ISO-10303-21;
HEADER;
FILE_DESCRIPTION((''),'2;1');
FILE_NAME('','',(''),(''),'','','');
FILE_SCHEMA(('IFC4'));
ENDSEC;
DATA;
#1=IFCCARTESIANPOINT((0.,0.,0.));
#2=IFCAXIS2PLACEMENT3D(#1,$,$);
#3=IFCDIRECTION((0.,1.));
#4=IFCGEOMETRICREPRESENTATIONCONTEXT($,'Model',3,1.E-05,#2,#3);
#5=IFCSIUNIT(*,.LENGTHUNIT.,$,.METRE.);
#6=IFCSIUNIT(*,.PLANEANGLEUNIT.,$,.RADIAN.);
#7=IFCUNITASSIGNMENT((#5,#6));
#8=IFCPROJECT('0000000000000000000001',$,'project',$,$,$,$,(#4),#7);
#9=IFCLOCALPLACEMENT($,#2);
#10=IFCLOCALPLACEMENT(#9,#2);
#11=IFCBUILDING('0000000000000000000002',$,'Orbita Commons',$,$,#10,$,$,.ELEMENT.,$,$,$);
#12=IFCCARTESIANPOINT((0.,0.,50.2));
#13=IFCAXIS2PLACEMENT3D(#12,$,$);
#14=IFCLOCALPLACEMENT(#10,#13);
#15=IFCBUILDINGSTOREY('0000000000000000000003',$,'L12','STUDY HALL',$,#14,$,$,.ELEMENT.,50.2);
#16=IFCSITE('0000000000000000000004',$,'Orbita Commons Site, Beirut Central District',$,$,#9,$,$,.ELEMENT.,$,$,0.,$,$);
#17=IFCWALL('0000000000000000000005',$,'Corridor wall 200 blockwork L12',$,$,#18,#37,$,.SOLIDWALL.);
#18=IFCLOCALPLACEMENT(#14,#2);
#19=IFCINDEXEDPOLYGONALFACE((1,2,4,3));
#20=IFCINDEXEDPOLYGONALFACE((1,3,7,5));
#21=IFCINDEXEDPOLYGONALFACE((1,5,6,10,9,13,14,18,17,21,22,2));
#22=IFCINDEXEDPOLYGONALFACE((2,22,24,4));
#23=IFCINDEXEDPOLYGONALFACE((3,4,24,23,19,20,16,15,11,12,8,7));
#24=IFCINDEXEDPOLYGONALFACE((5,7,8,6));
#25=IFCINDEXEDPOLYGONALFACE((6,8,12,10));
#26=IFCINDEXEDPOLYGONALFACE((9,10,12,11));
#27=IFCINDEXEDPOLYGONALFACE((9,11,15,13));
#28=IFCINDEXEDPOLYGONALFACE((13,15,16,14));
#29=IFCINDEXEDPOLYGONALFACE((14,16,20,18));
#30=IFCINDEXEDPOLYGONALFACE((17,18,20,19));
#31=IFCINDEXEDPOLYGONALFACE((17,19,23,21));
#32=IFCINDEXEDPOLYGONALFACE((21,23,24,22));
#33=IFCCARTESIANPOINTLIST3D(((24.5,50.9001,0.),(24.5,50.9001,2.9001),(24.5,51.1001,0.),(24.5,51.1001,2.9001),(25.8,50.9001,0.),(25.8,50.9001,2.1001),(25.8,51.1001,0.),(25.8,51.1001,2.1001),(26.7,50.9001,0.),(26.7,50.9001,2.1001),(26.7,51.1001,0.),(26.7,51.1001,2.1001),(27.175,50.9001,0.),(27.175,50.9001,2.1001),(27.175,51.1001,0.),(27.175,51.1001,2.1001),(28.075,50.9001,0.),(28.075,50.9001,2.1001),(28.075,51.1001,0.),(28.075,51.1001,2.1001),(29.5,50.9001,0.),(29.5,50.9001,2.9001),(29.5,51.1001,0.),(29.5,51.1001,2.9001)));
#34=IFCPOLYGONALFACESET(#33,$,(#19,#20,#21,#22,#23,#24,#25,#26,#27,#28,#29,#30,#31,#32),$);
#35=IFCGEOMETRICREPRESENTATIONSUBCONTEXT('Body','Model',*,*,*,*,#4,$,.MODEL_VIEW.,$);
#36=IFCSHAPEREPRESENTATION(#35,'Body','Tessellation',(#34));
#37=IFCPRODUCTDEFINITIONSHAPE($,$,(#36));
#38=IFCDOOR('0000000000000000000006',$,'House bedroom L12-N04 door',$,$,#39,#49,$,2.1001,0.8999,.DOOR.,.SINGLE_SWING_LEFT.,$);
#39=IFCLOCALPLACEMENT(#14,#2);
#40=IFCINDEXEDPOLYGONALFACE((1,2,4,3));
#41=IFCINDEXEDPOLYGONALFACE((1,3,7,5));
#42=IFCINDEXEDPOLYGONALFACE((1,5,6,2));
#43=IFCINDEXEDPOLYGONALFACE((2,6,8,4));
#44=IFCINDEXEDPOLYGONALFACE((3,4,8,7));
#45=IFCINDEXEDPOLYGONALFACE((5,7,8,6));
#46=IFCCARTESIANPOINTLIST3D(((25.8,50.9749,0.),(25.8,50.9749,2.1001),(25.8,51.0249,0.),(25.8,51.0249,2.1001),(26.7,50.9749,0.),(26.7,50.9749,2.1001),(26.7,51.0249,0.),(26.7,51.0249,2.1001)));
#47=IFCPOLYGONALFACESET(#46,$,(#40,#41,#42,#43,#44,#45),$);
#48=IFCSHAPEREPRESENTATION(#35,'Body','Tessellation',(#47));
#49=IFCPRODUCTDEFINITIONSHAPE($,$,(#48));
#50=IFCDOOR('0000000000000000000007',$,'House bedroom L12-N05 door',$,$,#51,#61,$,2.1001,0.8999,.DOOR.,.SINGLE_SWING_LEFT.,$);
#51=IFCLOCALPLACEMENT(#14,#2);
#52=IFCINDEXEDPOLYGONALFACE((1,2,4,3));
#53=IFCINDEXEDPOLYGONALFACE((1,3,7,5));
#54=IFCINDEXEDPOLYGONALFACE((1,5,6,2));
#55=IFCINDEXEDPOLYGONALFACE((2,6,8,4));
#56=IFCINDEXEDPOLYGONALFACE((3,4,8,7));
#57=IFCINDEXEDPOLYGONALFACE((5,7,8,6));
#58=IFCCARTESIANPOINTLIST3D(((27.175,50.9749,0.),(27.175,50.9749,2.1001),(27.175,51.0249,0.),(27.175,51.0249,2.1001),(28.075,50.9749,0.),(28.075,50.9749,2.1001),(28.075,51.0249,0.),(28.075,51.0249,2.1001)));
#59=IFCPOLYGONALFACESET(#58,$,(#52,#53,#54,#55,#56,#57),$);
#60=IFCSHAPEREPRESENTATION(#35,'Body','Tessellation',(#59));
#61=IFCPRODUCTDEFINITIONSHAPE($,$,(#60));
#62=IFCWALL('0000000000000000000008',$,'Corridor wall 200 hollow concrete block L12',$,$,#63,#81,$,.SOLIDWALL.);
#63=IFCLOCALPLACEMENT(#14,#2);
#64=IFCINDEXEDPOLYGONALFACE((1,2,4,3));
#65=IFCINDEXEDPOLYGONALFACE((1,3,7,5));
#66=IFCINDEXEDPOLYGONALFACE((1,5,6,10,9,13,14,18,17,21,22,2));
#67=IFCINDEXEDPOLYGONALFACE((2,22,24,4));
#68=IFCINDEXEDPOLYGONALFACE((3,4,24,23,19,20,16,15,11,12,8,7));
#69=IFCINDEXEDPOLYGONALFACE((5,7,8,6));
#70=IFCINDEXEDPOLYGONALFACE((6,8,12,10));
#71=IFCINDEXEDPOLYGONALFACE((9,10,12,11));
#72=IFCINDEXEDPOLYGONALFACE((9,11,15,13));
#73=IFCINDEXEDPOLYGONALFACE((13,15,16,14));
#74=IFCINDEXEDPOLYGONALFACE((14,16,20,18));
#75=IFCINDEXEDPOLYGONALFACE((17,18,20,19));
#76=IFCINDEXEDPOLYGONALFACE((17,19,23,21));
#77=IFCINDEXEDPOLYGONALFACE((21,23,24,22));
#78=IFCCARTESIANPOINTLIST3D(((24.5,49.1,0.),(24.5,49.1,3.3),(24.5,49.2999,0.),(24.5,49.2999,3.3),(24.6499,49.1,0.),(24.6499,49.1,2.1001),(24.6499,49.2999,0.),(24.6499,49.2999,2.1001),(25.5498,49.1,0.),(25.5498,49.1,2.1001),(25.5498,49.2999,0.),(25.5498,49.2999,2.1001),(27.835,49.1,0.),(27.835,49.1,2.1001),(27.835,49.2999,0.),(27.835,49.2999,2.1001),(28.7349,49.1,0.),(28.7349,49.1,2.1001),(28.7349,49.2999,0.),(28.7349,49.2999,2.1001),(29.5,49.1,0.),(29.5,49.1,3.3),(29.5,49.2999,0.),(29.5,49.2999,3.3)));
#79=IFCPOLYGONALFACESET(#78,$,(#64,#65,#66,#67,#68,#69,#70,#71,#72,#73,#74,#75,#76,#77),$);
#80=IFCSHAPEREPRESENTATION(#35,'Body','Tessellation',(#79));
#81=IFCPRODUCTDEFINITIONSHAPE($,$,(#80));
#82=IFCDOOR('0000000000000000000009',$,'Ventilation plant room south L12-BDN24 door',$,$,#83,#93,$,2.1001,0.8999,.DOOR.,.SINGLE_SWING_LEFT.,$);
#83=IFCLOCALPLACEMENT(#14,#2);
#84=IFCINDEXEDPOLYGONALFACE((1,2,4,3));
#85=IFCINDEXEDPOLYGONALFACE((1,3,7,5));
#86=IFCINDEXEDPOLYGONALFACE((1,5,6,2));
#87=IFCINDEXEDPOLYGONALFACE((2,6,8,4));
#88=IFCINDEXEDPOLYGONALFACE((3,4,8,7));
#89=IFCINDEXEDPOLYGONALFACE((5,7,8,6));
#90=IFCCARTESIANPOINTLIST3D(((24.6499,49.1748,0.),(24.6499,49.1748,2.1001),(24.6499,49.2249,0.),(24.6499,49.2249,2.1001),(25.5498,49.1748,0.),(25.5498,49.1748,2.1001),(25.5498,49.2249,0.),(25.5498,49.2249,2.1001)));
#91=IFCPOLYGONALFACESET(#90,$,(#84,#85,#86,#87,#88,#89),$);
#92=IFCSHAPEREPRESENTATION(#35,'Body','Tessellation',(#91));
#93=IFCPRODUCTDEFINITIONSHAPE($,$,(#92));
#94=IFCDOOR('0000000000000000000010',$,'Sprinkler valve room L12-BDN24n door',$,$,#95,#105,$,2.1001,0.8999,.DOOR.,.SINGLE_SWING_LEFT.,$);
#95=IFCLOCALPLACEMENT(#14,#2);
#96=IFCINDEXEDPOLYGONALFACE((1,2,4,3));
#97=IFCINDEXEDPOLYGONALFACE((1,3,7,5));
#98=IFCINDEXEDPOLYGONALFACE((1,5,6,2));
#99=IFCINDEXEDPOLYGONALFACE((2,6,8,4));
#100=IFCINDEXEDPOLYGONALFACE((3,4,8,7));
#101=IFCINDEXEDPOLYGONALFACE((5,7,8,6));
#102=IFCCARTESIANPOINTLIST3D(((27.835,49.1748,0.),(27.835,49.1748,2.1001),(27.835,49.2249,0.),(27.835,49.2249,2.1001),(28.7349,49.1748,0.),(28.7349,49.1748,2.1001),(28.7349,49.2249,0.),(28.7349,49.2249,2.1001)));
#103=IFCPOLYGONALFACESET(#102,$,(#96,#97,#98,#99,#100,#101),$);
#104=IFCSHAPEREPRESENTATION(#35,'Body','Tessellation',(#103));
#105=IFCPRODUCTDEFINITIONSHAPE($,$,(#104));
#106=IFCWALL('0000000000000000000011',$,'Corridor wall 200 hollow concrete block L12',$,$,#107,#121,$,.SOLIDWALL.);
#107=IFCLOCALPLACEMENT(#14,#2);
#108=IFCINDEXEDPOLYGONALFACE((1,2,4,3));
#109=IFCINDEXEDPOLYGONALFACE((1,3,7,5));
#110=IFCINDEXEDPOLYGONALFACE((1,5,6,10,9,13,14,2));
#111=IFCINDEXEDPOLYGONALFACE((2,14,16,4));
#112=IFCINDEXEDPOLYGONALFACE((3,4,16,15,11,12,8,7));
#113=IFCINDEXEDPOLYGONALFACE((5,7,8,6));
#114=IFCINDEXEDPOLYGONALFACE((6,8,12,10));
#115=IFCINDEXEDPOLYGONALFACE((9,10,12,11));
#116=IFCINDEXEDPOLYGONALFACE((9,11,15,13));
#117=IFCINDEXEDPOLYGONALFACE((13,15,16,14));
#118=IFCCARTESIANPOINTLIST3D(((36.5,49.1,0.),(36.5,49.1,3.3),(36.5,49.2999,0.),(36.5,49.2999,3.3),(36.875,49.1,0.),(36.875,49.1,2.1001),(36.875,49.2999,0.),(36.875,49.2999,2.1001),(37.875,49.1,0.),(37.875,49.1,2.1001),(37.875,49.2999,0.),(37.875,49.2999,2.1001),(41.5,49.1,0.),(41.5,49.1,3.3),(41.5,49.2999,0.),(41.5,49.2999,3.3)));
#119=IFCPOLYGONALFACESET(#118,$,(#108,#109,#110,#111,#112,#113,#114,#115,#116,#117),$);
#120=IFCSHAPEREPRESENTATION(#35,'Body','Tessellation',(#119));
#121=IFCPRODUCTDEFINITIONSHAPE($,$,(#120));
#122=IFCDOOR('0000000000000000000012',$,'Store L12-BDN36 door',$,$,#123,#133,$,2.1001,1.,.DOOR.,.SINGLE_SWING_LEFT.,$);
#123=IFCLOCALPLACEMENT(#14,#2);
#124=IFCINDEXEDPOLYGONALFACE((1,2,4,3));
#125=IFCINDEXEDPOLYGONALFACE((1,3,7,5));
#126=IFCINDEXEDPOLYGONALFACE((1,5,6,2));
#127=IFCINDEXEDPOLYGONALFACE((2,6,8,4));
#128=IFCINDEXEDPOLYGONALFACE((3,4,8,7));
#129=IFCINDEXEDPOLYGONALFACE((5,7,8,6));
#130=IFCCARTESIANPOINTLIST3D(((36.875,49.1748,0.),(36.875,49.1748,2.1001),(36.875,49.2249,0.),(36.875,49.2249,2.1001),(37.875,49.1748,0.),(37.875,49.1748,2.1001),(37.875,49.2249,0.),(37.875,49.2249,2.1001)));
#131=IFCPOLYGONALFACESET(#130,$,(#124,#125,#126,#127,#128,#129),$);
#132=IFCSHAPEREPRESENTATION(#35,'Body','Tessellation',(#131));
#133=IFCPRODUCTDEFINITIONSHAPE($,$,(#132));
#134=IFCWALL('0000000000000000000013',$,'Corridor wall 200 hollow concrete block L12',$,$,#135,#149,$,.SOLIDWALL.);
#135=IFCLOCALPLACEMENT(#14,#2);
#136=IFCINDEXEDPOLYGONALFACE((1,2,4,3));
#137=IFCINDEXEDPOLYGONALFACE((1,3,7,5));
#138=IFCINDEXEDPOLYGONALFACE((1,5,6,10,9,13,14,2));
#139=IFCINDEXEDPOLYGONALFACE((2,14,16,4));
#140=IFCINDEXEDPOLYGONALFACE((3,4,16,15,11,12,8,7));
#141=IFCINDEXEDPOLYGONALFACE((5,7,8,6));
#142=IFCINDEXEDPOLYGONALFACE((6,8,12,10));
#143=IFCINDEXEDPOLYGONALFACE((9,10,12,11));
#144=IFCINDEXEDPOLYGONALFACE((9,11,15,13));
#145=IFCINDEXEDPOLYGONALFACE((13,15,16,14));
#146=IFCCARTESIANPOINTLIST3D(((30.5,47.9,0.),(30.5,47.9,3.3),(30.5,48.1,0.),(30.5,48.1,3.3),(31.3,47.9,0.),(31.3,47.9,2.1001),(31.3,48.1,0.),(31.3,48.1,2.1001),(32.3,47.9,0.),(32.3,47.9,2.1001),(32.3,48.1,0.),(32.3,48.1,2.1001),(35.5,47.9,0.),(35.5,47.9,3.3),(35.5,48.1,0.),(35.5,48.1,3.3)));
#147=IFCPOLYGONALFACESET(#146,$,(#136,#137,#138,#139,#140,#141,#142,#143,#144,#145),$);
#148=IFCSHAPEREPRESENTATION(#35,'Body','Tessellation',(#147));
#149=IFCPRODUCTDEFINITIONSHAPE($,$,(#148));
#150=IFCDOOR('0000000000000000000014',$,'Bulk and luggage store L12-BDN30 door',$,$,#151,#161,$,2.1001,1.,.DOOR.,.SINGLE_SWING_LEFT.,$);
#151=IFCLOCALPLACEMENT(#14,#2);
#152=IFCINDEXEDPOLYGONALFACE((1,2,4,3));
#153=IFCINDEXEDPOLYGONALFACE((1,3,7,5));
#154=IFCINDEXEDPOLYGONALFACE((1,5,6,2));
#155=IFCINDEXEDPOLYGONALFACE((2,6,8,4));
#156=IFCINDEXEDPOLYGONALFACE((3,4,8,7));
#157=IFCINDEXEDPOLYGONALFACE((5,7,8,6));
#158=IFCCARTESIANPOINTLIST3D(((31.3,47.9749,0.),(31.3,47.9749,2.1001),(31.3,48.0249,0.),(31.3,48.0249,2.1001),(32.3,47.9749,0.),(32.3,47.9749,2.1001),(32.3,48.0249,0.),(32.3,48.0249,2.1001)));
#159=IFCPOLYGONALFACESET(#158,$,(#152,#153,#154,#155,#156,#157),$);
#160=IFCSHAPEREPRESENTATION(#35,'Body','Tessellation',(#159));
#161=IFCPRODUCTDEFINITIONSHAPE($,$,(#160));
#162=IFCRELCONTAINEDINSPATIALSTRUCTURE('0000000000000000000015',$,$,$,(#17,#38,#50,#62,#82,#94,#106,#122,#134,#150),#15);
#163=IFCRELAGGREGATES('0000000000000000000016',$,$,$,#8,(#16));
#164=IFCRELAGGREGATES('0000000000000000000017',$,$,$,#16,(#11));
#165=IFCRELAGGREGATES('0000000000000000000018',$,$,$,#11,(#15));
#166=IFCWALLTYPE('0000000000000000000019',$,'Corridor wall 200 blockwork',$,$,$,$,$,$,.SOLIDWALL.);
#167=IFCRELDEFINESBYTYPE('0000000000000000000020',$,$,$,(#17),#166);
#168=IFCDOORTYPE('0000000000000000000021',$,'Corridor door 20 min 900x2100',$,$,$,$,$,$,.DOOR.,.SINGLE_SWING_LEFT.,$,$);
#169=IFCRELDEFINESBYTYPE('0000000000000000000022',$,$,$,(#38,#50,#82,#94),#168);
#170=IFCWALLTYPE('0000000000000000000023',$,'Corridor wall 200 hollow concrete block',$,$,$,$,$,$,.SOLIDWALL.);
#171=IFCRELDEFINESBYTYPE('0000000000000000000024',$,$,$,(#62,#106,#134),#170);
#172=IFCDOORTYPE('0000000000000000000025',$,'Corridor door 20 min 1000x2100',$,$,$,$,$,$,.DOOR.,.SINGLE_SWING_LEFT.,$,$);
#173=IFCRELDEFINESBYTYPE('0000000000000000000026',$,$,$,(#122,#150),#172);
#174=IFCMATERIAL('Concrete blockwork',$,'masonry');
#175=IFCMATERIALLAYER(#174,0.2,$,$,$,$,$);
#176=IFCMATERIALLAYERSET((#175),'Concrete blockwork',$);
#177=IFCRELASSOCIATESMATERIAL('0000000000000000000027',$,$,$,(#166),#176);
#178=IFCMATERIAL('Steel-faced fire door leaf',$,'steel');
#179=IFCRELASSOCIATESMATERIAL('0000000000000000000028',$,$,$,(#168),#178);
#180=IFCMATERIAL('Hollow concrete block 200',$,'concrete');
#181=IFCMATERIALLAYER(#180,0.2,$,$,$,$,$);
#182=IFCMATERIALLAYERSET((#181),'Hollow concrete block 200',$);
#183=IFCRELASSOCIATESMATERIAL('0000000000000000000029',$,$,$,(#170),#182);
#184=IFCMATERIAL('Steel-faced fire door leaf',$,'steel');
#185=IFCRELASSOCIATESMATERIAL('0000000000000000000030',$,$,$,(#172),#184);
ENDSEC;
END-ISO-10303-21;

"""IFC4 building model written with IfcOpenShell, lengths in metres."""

from ifc_helpers import new_model, si_unit, direction, frame, frame_2d, origin, place, context, subcontext, project, spatial, polyline, rectangle, outline, extrude, material, layer, layer_set, type_object, element, fill, save


model = new_model("IFC4")

# Units and contexts
model_context = context("Model", 3, precision=1e-05, world=origin(), true_north=direction((0.0, 1.0)))
body_context = subcontext(model_context, "Body", "Model", "MODEL_VIEW")
ifc_project = project(units=[si_unit("LENGTHUNIT", "METRE"), si_unit("PLANEANGLEUNIT", "RADIAN")], contexts=[model_context])

# Site, building, storey
site_placement = place(None, origin())
site = spatial("IfcSite", under=ifc_project, at=site_placement, Name="Orbita Commons Site, Beirut Central District", CompositionType="ELEMENT", RefElevation=0.0)
building_placement = place(site_placement, origin())
building = spatial("IfcBuilding", under=site, at=building_placement, Name="Orbita Commons", CompositionType="ELEMENT")
storey_placement = place(building_placement, frame((0.0, 0.0, 50.2)))
storey = spatial("IfcBuildingStorey", under=building, at=storey_placement, Name="L12", Description="STUDY HALL", CompositionType="ELEMENT", Elevation=50.2)

# Walls, openings, doors
ifc_material_1 = material(Name="Concrete blockwork", Category="masonry")
ifc_layer_1 = layer(ifc_material_1, 0.2)
ifc_layer_set_1 = layer_set([ifc_layer_1], Name="Concrete blockwork")
wall_type_1 = type_object("IfcWallType", Name="Corridor wall 200 blockwork", PredefinedType="SOLIDWALL", material=ifc_layer_set_1)
wall_1_placement = place(storey_placement, frame((24.5, 51.0, 0.0), z_axis=(0.0, 0.0, 1.0), x_axis=(1.0, 0.0, 0.0)))
wall_1 = element("IfcWall", 1, at=wall_1_placement, inside=storey, type_object=wall_type_1, Name="Corridor wall 200 blockwork L12", PredefinedType="SOLIDWALL", context=body_context, shape_type="SweptSolid", body=[
    extrude(outline(polyline([(0.0, 0.0), (5.0, 0.0), (5.0, 2.9001), (0.0, 2.9001), (0.0, 0.0)])), frame((0.0, 0.1001, 0.0), z_axis=(0.0, -1.0, 0.0), x_axis=(1.0, 0.0, 0.0)), (0.0, 0.0, 1.0), 0.2),
])
opening_1_placement = place(wall_1_placement, frame((1.3, 0.0, 0.0)))
opening_1 = element("IfcOpeningElement", 2, at=opening_1_placement, cuts=wall_1, PredefinedType="OPENING", context=body_context, shape_type="SweptSolid", body=[
    extrude(rectangle(XDim=0.8999, YDim=2.1001, at=frame_2d((0.45, 1.05))), frame((0.0, 0.1099, 0.0), z_axis=(0.0, -1.0, 0.0), x_axis=(1.0, 0.0, 0.0)), (0.0, 0.0, 1.0), 0.22),
])
opening_2_placement = place(wall_1_placement, frame((2.675, 0.0, 0.0)))
opening_2 = element("IfcOpeningElement", 3, at=opening_2_placement, cuts=wall_1, PredefinedType="OPENING", context=body_context, shape_type="SweptSolid", body=[
    extrude(rectangle(XDim=0.8999, YDim=2.1001, at=frame_2d((0.45, 1.05))), frame((0.0, 0.1099, 0.0), z_axis=(0.0, -1.0, 0.0), x_axis=(1.0, 0.0, 0.0)), (0.0, 0.0, 1.0), 0.22),
])
ifc_material_2 = material(Name="Steel-faced fire door leaf", Category="steel")
door_type_1 = type_object("IfcDoorType", Name="Corridor door 20 min 900x2100", OperationType="SINGLE_SWING_LEFT", PredefinedType="DOOR", material=ifc_material_2)
door_1_placement = place(opening_1_placement, origin())
door_1 = element("IfcDoor", 4, at=door_1_placement, inside=storey, type_object=door_type_1, Name="House bedroom L12-N04 door", OperationType="SINGLE_SWING_LEFT", OverallHeight=2.1001, OverallWidth=0.8999, PredefinedType="DOOR", context=body_context, shape_type="SweptSolid", body=[
    extrude(rectangle(XDim=0.8999, YDim=2.1001, at=frame_2d((0.45, 1.05))), frame((0.0, 0.0249, 0.0), z_axis=(0.0, -1.0, 0.0), x_axis=(1.0, 0.0, 0.0)), (0.0, 0.0, 1.0), 0.05),
])
fill(opening_1, door_1)
door_2_placement = place(opening_2_placement, origin())
door_2 = element("IfcDoor", 5, at=door_2_placement, inside=storey, type_object=door_type_1, Name="House bedroom L12-N05 door", OperationType="SINGLE_SWING_LEFT", OverallHeight=2.1001, OverallWidth=0.8999, PredefinedType="DOOR", context=body_context, shape_type="SweptSolid", body=[
    extrude(rectangle(XDim=0.8999, YDim=2.1001, at=frame_2d((0.45, 1.05))), frame((0.0, 0.0249, 0.0), z_axis=(0.0, -1.0, 0.0), x_axis=(1.0, 0.0, 0.0)), (0.0, 0.0, 1.0), 0.05),
])
fill(opening_2, door_2)
ifc_material_3 = material(Name="Hollow concrete block 200", Category="concrete")
ifc_layer_2 = layer(ifc_material_3, 0.2)
ifc_layer_set_2 = layer_set([ifc_layer_2], Name="Hollow concrete block 200")
wall_type_2 = type_object("IfcWallType", Name="Corridor wall 200 hollow concrete block", PredefinedType="SOLIDWALL", material=ifc_layer_set_2)
wall_2_placement = place(storey_placement, frame((24.5, 49.2, 0.0), z_axis=(0.0, 0.0, 1.0), x_axis=(1.0, 0.0, 0.0)))
wall_2 = element("IfcWall", 6, at=wall_2_placement, inside=storey, type_object=wall_type_2, Name="Corridor wall 200 hollow concrete block L12", PredefinedType="SOLIDWALL", context=body_context, shape_type="SweptSolid", body=[
    extrude(rectangle(XDim=5.0, YDim=0.2, at=frame_2d((2.5, 0.0))), origin(), (0.0, 0.0, 1.0), 3.3),
])
opening_3_placement = place(wall_2_placement, frame((0.1499, 0.0, 0.0)))
opening_3 = element("IfcOpeningElement", 7, at=opening_3_placement, cuts=wall_2, PredefinedType="OPENING", context=body_context, shape_type="SweptSolid", body=[
    extrude(rectangle(XDim=0.8999, YDim=2.1001, at=frame_2d((0.45, 1.05))), frame((0.0, 0.1099, 0.0), z_axis=(0.0, -1.0, 0.0), x_axis=(1.0, 0.0, 0.0)), (0.0, 0.0, 1.0), 0.22),
])
opening_4_placement = place(wall_2_placement, frame((3.335, 0.0, 0.0)))
opening_4 = element("IfcOpeningElement", 8, at=opening_4_placement, cuts=wall_2, PredefinedType="OPENING", context=body_context, shape_type="SweptSolid", body=[
    extrude(rectangle(XDim=0.8999, YDim=2.1001, at=frame_2d((0.45, 1.05))), frame((0.0, 0.1099, 0.0), z_axis=(0.0, -1.0, 0.0), x_axis=(1.0, 0.0, 0.0)), (0.0, 0.0, 1.0), 0.22),
])
door_3_placement = place(opening_3_placement, origin())
door_3 = element("IfcDoor", 9, at=door_3_placement, inside=storey, type_object=door_type_1, Name="Ventilation plant room south L12-BDN24 door", OperationType="SINGLE_SWING_LEFT", OverallHeight=2.1001, OverallWidth=0.8999, PredefinedType="DOOR", context=body_context, shape_type="SweptSolid", body=[
    extrude(rectangle(XDim=0.8999, YDim=2.1001, at=frame_2d((0.45, 1.05))), frame((0.0, 0.0249, 0.0), z_axis=(0.0, -1.0, 0.0), x_axis=(1.0, 0.0, 0.0)), (0.0, 0.0, 1.0), 0.05),
])
fill(opening_3, door_3)
door_4_placement = place(opening_4_placement, origin())
door_4 = element("IfcDoor", 10, at=door_4_placement, inside=storey, type_object=door_type_1, Name="Sprinkler valve room L12-BDN24n door", OperationType="SINGLE_SWING_LEFT", OverallHeight=2.1001, OverallWidth=0.8999, PredefinedType="DOOR", context=body_context, shape_type="SweptSolid", body=[
    extrude(rectangle(XDim=0.8999, YDim=2.1001, at=frame_2d((0.45, 1.05))), frame((0.0, 0.0249, 0.0), z_axis=(0.0, -1.0, 0.0), x_axis=(1.0, 0.0, 0.0)), (0.0, 0.0, 1.0), 0.05),
])
fill(opening_4, door_4)

# Walls, openings, doors
wall_3_placement = place(storey_placement, frame((36.5, 49.2, 0.0), z_axis=(0.0, 0.0, 1.0), x_axis=(1.0, 0.0, 0.0)))
wall_3 = element("IfcWall", 11, at=wall_3_placement, inside=storey, type_object=wall_type_2, Name="Corridor wall 200 hollow concrete block L12", PredefinedType="SOLIDWALL", context=body_context, shape_type="SweptSolid", body=[
    extrude(rectangle(XDim=5.0, YDim=0.2, at=frame_2d((2.5, 0.0))), origin(), (0.0, 0.0, 1.0), 3.3),
])
opening_5_placement = place(wall_3_placement, frame((0.375, 0.0, 0.0)))
opening_5 = element("IfcOpeningElement", 12, at=opening_5_placement, cuts=wall_3, PredefinedType="OPENING", context=body_context, shape_type="SweptSolid", body=[
    extrude(rectangle(XDim=1.0, YDim=2.1001, at=frame_2d((0.5, 1.05))), frame((0.0, 0.1099, 0.0), z_axis=(0.0, -1.0, 0.0), x_axis=(1.0, 0.0, 0.0)), (0.0, 0.0, 1.0), 0.22),
])
ifc_material_4 = material(Name="Steel-faced fire door leaf", Category="steel")
door_type_2 = type_object("IfcDoorType", Name="Corridor door 20 min 1000x2100", OperationType="SINGLE_SWING_LEFT", PredefinedType="DOOR", material=ifc_material_4)
door_5_placement = place(opening_5_placement, origin())
door_5 = element("IfcDoor", 13, at=door_5_placement, inside=storey, type_object=door_type_2, Name="Store L12-BDN36 door", OperationType="SINGLE_SWING_LEFT", OverallHeight=2.1001, OverallWidth=1.0, PredefinedType="DOOR", context=body_context, shape_type="SweptSolid", body=[
    extrude(rectangle(XDim=1.0, YDim=2.1001, at=frame_2d((0.5, 1.05))), frame((0.0, 0.0249, 0.0), z_axis=(0.0, -1.0, 0.0), x_axis=(1.0, 0.0, 0.0)), (0.0, 0.0, 1.0), 0.05),
])
fill(opening_5, door_5)
wall_4_placement = place(storey_placement, frame((30.5, 48.0, 0.0), z_axis=(0.0, 0.0, 1.0), x_axis=(1.0, 0.0, 0.0)))
wall_4 = element("IfcWall", 14, at=wall_4_placement, inside=storey, type_object=wall_type_2, Name="Corridor wall 200 hollow concrete block L12", PredefinedType="SOLIDWALL", context=body_context, shape_type="SweptSolid", body=[
    extrude(rectangle(XDim=5.0, YDim=0.2, at=frame_2d((2.5, 0.0))), origin(), (0.0, 0.0, 1.0), 3.3),
])
opening_6_placement = place(wall_4_placement, frame((0.8, 0.0, 0.0)))
opening_6 = element("IfcOpeningElement", 15, at=opening_6_placement, cuts=wall_4, PredefinedType="OPENING", context=body_context, shape_type="SweptSolid", body=[
    extrude(rectangle(XDim=1.0, YDim=2.1001, at=frame_2d((0.5, 1.05))), frame((0.0, 0.1099, 0.0), z_axis=(0.0, -1.0, 0.0), x_axis=(1.0, 0.0, 0.0)), (0.0, 0.0, 1.0), 0.22),
])
door_6_placement = place(opening_6_placement, origin())
door_6 = element("IfcDoor", 16, at=door_6_placement, inside=storey, type_object=door_type_2, Name="Bulk and luggage store L12-BDN30 door", OperationType="SINGLE_SWING_LEFT", OverallHeight=2.1001, OverallWidth=1.0, PredefinedType="DOOR", context=body_context, shape_type="SweptSolid", body=[
    extrude(rectangle(XDim=1.0, YDim=2.1001, at=frame_2d((0.5, 1.05))), frame((0.0, 0.0249, 0.0), z_axis=(0.0, -1.0, 0.0), x_axis=(1.0, 0.0, 0.0)), (0.0, 0.0, 1.0), 0.05),
])
fill(opening_6, door_6)

save(model, "model.ifc")
